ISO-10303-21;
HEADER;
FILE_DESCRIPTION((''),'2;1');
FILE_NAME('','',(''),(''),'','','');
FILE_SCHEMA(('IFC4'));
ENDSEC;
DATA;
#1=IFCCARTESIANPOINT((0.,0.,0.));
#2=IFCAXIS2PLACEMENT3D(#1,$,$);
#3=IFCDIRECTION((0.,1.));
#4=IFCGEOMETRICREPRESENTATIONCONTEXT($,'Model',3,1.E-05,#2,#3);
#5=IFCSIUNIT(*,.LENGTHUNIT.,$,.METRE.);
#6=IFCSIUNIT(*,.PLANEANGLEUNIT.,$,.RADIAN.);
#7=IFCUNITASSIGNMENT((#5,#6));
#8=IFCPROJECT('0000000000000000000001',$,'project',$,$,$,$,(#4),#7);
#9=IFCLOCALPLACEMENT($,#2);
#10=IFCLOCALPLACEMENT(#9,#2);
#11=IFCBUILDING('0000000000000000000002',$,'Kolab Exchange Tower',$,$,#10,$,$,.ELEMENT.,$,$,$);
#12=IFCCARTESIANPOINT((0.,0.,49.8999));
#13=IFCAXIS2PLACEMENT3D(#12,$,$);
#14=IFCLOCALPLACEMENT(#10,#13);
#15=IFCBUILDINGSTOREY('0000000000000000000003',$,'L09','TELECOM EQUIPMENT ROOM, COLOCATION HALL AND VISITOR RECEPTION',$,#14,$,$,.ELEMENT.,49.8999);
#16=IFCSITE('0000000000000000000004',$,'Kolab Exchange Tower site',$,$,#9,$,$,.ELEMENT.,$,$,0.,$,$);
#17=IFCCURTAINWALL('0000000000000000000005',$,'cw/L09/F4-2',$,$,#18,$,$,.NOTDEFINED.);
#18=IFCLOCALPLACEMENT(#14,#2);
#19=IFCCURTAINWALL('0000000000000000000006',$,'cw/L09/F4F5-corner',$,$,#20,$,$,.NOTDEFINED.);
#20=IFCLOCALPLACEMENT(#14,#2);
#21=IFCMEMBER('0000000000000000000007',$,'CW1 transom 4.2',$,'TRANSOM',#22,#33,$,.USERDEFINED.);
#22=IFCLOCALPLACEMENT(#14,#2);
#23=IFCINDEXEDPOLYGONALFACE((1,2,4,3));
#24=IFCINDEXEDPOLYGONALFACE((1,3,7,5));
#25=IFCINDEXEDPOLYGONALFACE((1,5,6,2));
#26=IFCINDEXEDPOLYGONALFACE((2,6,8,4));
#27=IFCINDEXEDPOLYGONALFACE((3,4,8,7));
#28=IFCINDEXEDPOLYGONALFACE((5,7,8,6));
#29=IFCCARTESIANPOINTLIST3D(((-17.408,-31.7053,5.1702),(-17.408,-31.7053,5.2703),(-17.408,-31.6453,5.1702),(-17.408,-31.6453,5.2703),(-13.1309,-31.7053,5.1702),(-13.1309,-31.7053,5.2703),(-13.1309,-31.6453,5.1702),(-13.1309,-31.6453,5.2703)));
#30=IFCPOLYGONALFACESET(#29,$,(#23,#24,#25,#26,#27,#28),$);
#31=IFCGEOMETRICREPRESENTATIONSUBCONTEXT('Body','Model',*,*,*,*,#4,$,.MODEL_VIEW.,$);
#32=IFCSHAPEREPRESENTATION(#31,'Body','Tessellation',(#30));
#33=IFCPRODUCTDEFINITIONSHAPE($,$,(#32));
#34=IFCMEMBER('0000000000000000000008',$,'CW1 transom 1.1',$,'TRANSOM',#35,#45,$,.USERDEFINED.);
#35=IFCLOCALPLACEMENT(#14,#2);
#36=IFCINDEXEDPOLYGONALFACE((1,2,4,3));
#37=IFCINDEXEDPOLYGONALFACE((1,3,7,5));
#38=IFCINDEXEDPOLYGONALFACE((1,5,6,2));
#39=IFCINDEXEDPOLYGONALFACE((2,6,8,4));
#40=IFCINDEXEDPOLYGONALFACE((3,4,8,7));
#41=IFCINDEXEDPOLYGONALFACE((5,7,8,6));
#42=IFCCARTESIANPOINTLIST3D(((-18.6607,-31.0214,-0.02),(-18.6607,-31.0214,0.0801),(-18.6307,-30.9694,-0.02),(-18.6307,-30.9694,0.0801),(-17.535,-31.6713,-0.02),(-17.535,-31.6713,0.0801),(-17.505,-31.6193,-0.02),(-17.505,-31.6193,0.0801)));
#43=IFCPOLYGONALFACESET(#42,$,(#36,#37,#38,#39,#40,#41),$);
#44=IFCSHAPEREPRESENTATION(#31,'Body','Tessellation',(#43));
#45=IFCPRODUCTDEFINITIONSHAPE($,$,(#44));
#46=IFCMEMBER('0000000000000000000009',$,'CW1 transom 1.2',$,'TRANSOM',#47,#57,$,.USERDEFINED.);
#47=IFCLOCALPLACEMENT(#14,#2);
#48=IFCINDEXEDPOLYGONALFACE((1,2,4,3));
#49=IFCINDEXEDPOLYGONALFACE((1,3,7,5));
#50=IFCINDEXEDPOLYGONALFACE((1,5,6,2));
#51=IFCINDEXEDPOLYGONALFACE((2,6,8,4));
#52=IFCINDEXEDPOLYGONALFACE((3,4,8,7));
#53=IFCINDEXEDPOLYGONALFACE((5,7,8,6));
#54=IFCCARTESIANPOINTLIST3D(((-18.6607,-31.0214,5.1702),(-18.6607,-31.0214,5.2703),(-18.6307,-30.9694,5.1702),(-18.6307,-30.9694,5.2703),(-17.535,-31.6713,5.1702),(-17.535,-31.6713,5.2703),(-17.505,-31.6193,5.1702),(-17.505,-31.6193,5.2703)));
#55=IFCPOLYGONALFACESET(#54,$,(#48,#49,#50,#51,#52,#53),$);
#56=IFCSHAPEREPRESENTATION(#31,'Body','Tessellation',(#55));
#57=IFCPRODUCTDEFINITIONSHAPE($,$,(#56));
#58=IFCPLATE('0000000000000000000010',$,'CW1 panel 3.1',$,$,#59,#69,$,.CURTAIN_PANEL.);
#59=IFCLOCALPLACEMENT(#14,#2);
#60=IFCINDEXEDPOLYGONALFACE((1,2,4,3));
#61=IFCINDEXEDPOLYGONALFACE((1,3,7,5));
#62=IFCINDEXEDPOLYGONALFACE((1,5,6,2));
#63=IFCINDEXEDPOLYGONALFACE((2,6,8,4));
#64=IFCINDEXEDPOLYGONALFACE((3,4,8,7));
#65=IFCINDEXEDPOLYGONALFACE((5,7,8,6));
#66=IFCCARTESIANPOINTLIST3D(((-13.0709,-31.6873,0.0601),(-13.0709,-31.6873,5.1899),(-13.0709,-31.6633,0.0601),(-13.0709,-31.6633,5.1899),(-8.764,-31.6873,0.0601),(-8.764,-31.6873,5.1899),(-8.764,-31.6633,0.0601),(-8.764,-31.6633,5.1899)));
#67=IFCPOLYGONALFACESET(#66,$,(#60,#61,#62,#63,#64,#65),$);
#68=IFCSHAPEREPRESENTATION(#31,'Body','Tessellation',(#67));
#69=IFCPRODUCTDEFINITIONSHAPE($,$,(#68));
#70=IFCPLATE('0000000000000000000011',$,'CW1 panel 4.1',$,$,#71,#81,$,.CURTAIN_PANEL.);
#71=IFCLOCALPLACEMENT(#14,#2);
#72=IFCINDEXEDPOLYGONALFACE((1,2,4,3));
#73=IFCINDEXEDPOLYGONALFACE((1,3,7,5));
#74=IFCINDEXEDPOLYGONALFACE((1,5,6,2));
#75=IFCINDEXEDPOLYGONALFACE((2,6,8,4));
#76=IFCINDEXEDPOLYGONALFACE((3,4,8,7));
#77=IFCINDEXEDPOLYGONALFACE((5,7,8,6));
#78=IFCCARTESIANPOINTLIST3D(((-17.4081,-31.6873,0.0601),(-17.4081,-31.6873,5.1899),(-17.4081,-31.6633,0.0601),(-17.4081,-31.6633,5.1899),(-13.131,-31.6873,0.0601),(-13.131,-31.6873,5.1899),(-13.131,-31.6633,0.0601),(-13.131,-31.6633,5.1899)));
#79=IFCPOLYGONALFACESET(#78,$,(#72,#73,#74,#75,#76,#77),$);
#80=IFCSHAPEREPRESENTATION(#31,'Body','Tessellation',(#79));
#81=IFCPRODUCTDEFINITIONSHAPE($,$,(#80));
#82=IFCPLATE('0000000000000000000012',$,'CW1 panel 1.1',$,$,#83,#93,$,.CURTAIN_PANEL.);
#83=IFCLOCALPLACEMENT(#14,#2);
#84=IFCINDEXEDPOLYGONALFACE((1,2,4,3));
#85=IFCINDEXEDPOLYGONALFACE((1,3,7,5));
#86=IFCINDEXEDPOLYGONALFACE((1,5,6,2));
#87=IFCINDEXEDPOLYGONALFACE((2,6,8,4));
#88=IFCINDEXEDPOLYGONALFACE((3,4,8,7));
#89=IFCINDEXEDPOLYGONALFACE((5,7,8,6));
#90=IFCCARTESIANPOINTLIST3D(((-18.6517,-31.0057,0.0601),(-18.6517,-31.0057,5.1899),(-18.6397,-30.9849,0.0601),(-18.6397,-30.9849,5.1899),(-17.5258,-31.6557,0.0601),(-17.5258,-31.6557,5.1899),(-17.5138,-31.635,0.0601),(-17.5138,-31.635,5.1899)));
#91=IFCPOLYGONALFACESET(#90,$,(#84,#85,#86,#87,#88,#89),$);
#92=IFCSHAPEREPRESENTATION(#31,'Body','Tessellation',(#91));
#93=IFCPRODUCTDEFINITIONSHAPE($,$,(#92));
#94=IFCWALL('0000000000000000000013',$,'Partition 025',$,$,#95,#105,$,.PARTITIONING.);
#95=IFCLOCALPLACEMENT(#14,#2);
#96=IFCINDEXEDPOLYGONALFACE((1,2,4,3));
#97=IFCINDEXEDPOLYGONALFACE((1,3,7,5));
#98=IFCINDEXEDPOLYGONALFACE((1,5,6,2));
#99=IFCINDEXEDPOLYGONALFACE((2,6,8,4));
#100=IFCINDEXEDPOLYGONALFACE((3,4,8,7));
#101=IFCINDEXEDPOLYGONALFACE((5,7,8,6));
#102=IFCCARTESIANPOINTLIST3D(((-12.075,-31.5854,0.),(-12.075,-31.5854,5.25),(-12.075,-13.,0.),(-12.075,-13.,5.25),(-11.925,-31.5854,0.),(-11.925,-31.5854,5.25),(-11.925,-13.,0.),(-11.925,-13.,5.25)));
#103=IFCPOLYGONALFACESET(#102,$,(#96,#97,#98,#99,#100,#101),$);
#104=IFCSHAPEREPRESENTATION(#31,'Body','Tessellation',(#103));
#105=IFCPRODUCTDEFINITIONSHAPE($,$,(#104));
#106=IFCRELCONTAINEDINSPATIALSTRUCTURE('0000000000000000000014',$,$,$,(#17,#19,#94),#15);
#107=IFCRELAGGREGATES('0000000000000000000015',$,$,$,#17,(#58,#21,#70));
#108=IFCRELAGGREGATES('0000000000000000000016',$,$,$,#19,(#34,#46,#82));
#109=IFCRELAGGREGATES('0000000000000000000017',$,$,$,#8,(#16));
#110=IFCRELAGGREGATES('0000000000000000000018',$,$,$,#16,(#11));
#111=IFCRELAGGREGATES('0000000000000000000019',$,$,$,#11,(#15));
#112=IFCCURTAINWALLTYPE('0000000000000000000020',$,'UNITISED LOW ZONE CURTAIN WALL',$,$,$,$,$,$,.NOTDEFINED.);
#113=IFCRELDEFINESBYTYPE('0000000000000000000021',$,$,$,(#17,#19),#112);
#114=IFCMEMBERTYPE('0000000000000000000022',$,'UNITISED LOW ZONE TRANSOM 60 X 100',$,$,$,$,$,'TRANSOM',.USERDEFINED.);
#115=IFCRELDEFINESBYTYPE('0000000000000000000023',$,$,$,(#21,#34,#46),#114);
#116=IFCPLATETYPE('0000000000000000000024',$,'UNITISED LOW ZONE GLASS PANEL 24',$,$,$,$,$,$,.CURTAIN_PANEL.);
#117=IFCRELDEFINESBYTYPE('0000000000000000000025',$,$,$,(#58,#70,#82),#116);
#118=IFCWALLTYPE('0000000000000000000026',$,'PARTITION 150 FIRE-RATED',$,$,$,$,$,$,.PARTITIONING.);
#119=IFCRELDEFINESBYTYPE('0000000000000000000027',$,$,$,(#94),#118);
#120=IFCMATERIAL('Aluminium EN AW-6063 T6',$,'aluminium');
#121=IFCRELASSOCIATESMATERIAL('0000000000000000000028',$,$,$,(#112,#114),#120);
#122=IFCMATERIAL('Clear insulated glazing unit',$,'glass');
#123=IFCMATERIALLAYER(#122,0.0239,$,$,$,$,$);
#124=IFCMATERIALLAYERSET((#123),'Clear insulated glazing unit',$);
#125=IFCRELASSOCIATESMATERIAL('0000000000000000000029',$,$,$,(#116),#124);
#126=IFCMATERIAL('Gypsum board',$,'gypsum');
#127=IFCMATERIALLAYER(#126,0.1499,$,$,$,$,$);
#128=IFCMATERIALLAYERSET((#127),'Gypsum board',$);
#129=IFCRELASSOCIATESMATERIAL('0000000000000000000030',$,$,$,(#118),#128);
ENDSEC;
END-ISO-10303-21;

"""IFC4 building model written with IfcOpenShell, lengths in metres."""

from ifc_helpers import new_model, si_unit, direction, frame, frame_2d, origin, origin_2d, place, context, subcontext, project, spatial, rectangle, extrude, material, layer, layer_set, material_profile, profile_set, type_object, element, aggregate, save


model = new_model("IFC4")

# Units and contexts
model_context = context("Model", 3, precision=1e-05, world=origin(), true_north=direction((0.0, 1.0)))
body_context = subcontext(model_context, "Body", "Model", "MODEL_VIEW")
ifc_project = project(units=[si_unit("LENGTHUNIT", "METRE"), si_unit("PLANEANGLEUNIT", "RADIAN")], contexts=[model_context])

# Site, building, storey
site_placement = place(None, origin())
site = spatial("IfcSite", under=ifc_project, at=site_placement, Name="Kolab Exchange Tower site", CompositionType="ELEMENT", RefElevation=0.0)
building_placement = place(site_placement, origin())
building = spatial("IfcBuilding", under=site, at=building_placement, Name="Kolab Exchange Tower", CompositionType="ELEMENT")
storey_placement = place(building_placement, frame((0.0, 0.0, 49.8999)))
storey = spatial("IfcBuildingStorey", under=building, at=storey_placement, Name="L09", Description="TELECOM EQUIPMENT ROOM, COLOCATION HALL AND VISITOR RECEPTION", CompositionType="ELEMENT", Elevation=49.8999)

# Curtain wall
ifc_material_1 = material(Name="Aluminium EN AW-6063 T6", Category="aluminium")
curtain_wall_type = type_object("IfcCurtainWallType", Name="UNITISED LOW ZONE CURTAIN WALL", PredefinedType="NOTDEFINED", material=ifc_material_1)
curtain_wall_1_placement = place(storey_placement, origin())
curtain_wall_1 = element("IfcCurtainWall", 1, at=curtain_wall_1_placement, inside=storey, type_object=curtain_wall_type, Name="cw/L09/F4-2", PredefinedType="NOTDEFINED")

# Curtain wall
curtain_wall_2_placement = place(storey_placement, origin())
curtain_wall_2 = element("IfcCurtainWall", 2, at=curtain_wall_2_placement, inside=storey, type_object=curtain_wall_type, Name="cw/L09/F4F5-corner", PredefinedType="NOTDEFINED")

# Members
ifc_material_profile_1 = material_profile(ifc_material_1, rectangle(XDim=0.0601, YDim=0.1001, at=origin_2d()), Name="RECT 60X100")
ifc_profile_set_1 = profile_set([ifc_material_profile_1], Name="Aluminium EN AW-6063 T6")
member_type_1 = type_object("IfcMemberType", Name="UNITISED LOW ZONE TRANSOM 60 X 100", ElementType="TRANSOM", PredefinedType="USERDEFINED", material=ifc_profile_set_1)
member_1_placement = place(storey_placement, frame((-13.1309, -31.6753, 5.2202), z_axis=(-1.0, 0.0, 0.0), x_axis=(0.0, -1.0, 0.0)))
member_1 = element("IfcMember", 3, at=member_1_placement, type_object=member_type_1, Name="CW1 transom 4.2", ObjectType="TRANSOM", PredefinedType="USERDEFINED", context=body_context, shape_type="SweptSolid", body=[
    extrude(rectangle(XDim=0.0601, YDim=0.1001, at=origin_2d()), origin(), (0.0, 0.0, 1.0), 4.2771),
])
member_2_placement = place(storey_placement, frame((-17.52, -31.6453, 0.03), z_axis=(-0.866039, 0.499977, 0.0), x_axis=(-0.499977, -0.866039, 0.0)))
member_2 = element("IfcMember", 4, at=member_2_placement, type_object=member_type_1, Name="CW1 transom 1.1", ObjectType="TRANSOM", PredefinedType="USERDEFINED", context=body_context, shape_type="SweptSolid", body=[
    extrude(rectangle(XDim=0.0601, YDim=0.1001, at=origin_2d()), origin(), (0.0, 0.0, 1.0), 1.2998),
])
member_3_placement = place(storey_placement, frame((-17.52, -31.6453, 5.2202), z_axis=(-0.866039, 0.499977, 0.0), x_axis=(-0.499977, -0.866039, 0.0)))
member_3 = element("IfcMember", 5, at=member_3_placement, type_object=member_type_1, Name="CW1 transom 1.2", ObjectType="TRANSOM", PredefinedType="USERDEFINED", context=body_context, shape_type="SweptSolid", body=[
    extrude(rectangle(XDim=0.0601, YDim=0.1001, at=origin_2d()), origin(), (0.0, 0.0, 1.0), 1.2998),
])

# Plates
ifc_material_2 = material(Name="Clear insulated glazing unit", Category="glass")
ifc_layer_1 = layer(ifc_material_2, 0.0239)
ifc_layer_set_1 = layer_set([ifc_layer_1], Name="Clear insulated glazing unit")
plate_type = type_object("IfcPlateType", Name="UNITISED LOW ZONE GLASS PANEL 24", PredefinedType="CURTAIN_PANEL", material=ifc_layer_set_1)
plate_1_placement = place(storey_placement, frame((-10.9175, -31.6753, 0.0601), z_axis=(0.0, 0.0, 1.0), x_axis=(-1.0, 0.0, 0.0)))
plate_1 = element("IfcPlate", 6, at=plate_1_placement, type_object=plate_type, Name="CW1 panel 3.1", PredefinedType="CURTAIN_PANEL", context=body_context, shape_type="SweptSolid", body=[
    extrude(rectangle(XDim=4.3069, YDim=0.0239, at=origin_2d()), origin(), (0.0, 0.0, 1.0), 5.1299),
])
plate_2_placement = place(storey_placement, frame((-15.2695, -31.6753, 0.0601), z_axis=(0.0, 0.0, 1.0), x_axis=(-1.0, 0.0, 0.0)))
plate_2 = element("IfcPlate", 7, at=plate_2_placement, type_object=plate_type, Name="CW1 panel 4.1", PredefinedType="CURTAIN_PANEL", context=body_context, shape_type="SweptSolid", body=[
    extrude(rectangle(XDim=4.2771, YDim=0.0239, at=origin_2d()), origin(), (0.0, 0.0, 1.0), 5.1299),
])
aggregate(curtain_wall_1, [plate_1, member_1, plate_2])
plate_3_placement = place(storey_placement, frame((-18.0828, -31.3203, 0.0601), z_axis=(0.0, 0.0, 1.0), x_axis=(-0.866025, 0.5, 0.0)))
plate_3 = element("IfcPlate", 8, at=plate_3_placement, type_object=plate_type, Name="CW1 panel 1.1", PredefinedType="CURTAIN_PANEL", context=body_context, shape_type="SweptSolid", body=[
    extrude(rectangle(XDim=1.3, YDim=0.0239, at=origin_2d()), origin(), (0.0, 0.0, 1.0), 5.1299),
])
aggregate(curtain_wall_2, [member_2, member_3, plate_3])

# Wall
ifc_material_3 = material(Name="Gypsum board", Category="gypsum")
ifc_layer_2 = layer(ifc_material_3, 0.1499)
ifc_layer_set_2 = layer_set([ifc_layer_2], Name="Gypsum board")
wall_type = type_object("IfcWallType", Name="PARTITION 150 FIRE-RATED", PredefinedType="PARTITIONING", material=ifc_layer_set_2)
wall_placement = place(storey_placement, frame((-12.0, -31.5854, 0.0), z_axis=(0.0, 0.0, 1.0), x_axis=(0.0, 1.0, 0.0)))
element("IfcWall", 9, at=wall_placement, inside=storey, type_object=wall_type, Name="Partition 025", PredefinedType="PARTITIONING", context=body_context, shape_type="SweptSolid", body=[
    extrude(rectangle(XDim=18.5854, YDim=0.1499, at=frame_2d((9.2927, 0.0))), origin(), (0.0, 0.0, 1.0), 5.25),
])

save(model, "model.ifc")
